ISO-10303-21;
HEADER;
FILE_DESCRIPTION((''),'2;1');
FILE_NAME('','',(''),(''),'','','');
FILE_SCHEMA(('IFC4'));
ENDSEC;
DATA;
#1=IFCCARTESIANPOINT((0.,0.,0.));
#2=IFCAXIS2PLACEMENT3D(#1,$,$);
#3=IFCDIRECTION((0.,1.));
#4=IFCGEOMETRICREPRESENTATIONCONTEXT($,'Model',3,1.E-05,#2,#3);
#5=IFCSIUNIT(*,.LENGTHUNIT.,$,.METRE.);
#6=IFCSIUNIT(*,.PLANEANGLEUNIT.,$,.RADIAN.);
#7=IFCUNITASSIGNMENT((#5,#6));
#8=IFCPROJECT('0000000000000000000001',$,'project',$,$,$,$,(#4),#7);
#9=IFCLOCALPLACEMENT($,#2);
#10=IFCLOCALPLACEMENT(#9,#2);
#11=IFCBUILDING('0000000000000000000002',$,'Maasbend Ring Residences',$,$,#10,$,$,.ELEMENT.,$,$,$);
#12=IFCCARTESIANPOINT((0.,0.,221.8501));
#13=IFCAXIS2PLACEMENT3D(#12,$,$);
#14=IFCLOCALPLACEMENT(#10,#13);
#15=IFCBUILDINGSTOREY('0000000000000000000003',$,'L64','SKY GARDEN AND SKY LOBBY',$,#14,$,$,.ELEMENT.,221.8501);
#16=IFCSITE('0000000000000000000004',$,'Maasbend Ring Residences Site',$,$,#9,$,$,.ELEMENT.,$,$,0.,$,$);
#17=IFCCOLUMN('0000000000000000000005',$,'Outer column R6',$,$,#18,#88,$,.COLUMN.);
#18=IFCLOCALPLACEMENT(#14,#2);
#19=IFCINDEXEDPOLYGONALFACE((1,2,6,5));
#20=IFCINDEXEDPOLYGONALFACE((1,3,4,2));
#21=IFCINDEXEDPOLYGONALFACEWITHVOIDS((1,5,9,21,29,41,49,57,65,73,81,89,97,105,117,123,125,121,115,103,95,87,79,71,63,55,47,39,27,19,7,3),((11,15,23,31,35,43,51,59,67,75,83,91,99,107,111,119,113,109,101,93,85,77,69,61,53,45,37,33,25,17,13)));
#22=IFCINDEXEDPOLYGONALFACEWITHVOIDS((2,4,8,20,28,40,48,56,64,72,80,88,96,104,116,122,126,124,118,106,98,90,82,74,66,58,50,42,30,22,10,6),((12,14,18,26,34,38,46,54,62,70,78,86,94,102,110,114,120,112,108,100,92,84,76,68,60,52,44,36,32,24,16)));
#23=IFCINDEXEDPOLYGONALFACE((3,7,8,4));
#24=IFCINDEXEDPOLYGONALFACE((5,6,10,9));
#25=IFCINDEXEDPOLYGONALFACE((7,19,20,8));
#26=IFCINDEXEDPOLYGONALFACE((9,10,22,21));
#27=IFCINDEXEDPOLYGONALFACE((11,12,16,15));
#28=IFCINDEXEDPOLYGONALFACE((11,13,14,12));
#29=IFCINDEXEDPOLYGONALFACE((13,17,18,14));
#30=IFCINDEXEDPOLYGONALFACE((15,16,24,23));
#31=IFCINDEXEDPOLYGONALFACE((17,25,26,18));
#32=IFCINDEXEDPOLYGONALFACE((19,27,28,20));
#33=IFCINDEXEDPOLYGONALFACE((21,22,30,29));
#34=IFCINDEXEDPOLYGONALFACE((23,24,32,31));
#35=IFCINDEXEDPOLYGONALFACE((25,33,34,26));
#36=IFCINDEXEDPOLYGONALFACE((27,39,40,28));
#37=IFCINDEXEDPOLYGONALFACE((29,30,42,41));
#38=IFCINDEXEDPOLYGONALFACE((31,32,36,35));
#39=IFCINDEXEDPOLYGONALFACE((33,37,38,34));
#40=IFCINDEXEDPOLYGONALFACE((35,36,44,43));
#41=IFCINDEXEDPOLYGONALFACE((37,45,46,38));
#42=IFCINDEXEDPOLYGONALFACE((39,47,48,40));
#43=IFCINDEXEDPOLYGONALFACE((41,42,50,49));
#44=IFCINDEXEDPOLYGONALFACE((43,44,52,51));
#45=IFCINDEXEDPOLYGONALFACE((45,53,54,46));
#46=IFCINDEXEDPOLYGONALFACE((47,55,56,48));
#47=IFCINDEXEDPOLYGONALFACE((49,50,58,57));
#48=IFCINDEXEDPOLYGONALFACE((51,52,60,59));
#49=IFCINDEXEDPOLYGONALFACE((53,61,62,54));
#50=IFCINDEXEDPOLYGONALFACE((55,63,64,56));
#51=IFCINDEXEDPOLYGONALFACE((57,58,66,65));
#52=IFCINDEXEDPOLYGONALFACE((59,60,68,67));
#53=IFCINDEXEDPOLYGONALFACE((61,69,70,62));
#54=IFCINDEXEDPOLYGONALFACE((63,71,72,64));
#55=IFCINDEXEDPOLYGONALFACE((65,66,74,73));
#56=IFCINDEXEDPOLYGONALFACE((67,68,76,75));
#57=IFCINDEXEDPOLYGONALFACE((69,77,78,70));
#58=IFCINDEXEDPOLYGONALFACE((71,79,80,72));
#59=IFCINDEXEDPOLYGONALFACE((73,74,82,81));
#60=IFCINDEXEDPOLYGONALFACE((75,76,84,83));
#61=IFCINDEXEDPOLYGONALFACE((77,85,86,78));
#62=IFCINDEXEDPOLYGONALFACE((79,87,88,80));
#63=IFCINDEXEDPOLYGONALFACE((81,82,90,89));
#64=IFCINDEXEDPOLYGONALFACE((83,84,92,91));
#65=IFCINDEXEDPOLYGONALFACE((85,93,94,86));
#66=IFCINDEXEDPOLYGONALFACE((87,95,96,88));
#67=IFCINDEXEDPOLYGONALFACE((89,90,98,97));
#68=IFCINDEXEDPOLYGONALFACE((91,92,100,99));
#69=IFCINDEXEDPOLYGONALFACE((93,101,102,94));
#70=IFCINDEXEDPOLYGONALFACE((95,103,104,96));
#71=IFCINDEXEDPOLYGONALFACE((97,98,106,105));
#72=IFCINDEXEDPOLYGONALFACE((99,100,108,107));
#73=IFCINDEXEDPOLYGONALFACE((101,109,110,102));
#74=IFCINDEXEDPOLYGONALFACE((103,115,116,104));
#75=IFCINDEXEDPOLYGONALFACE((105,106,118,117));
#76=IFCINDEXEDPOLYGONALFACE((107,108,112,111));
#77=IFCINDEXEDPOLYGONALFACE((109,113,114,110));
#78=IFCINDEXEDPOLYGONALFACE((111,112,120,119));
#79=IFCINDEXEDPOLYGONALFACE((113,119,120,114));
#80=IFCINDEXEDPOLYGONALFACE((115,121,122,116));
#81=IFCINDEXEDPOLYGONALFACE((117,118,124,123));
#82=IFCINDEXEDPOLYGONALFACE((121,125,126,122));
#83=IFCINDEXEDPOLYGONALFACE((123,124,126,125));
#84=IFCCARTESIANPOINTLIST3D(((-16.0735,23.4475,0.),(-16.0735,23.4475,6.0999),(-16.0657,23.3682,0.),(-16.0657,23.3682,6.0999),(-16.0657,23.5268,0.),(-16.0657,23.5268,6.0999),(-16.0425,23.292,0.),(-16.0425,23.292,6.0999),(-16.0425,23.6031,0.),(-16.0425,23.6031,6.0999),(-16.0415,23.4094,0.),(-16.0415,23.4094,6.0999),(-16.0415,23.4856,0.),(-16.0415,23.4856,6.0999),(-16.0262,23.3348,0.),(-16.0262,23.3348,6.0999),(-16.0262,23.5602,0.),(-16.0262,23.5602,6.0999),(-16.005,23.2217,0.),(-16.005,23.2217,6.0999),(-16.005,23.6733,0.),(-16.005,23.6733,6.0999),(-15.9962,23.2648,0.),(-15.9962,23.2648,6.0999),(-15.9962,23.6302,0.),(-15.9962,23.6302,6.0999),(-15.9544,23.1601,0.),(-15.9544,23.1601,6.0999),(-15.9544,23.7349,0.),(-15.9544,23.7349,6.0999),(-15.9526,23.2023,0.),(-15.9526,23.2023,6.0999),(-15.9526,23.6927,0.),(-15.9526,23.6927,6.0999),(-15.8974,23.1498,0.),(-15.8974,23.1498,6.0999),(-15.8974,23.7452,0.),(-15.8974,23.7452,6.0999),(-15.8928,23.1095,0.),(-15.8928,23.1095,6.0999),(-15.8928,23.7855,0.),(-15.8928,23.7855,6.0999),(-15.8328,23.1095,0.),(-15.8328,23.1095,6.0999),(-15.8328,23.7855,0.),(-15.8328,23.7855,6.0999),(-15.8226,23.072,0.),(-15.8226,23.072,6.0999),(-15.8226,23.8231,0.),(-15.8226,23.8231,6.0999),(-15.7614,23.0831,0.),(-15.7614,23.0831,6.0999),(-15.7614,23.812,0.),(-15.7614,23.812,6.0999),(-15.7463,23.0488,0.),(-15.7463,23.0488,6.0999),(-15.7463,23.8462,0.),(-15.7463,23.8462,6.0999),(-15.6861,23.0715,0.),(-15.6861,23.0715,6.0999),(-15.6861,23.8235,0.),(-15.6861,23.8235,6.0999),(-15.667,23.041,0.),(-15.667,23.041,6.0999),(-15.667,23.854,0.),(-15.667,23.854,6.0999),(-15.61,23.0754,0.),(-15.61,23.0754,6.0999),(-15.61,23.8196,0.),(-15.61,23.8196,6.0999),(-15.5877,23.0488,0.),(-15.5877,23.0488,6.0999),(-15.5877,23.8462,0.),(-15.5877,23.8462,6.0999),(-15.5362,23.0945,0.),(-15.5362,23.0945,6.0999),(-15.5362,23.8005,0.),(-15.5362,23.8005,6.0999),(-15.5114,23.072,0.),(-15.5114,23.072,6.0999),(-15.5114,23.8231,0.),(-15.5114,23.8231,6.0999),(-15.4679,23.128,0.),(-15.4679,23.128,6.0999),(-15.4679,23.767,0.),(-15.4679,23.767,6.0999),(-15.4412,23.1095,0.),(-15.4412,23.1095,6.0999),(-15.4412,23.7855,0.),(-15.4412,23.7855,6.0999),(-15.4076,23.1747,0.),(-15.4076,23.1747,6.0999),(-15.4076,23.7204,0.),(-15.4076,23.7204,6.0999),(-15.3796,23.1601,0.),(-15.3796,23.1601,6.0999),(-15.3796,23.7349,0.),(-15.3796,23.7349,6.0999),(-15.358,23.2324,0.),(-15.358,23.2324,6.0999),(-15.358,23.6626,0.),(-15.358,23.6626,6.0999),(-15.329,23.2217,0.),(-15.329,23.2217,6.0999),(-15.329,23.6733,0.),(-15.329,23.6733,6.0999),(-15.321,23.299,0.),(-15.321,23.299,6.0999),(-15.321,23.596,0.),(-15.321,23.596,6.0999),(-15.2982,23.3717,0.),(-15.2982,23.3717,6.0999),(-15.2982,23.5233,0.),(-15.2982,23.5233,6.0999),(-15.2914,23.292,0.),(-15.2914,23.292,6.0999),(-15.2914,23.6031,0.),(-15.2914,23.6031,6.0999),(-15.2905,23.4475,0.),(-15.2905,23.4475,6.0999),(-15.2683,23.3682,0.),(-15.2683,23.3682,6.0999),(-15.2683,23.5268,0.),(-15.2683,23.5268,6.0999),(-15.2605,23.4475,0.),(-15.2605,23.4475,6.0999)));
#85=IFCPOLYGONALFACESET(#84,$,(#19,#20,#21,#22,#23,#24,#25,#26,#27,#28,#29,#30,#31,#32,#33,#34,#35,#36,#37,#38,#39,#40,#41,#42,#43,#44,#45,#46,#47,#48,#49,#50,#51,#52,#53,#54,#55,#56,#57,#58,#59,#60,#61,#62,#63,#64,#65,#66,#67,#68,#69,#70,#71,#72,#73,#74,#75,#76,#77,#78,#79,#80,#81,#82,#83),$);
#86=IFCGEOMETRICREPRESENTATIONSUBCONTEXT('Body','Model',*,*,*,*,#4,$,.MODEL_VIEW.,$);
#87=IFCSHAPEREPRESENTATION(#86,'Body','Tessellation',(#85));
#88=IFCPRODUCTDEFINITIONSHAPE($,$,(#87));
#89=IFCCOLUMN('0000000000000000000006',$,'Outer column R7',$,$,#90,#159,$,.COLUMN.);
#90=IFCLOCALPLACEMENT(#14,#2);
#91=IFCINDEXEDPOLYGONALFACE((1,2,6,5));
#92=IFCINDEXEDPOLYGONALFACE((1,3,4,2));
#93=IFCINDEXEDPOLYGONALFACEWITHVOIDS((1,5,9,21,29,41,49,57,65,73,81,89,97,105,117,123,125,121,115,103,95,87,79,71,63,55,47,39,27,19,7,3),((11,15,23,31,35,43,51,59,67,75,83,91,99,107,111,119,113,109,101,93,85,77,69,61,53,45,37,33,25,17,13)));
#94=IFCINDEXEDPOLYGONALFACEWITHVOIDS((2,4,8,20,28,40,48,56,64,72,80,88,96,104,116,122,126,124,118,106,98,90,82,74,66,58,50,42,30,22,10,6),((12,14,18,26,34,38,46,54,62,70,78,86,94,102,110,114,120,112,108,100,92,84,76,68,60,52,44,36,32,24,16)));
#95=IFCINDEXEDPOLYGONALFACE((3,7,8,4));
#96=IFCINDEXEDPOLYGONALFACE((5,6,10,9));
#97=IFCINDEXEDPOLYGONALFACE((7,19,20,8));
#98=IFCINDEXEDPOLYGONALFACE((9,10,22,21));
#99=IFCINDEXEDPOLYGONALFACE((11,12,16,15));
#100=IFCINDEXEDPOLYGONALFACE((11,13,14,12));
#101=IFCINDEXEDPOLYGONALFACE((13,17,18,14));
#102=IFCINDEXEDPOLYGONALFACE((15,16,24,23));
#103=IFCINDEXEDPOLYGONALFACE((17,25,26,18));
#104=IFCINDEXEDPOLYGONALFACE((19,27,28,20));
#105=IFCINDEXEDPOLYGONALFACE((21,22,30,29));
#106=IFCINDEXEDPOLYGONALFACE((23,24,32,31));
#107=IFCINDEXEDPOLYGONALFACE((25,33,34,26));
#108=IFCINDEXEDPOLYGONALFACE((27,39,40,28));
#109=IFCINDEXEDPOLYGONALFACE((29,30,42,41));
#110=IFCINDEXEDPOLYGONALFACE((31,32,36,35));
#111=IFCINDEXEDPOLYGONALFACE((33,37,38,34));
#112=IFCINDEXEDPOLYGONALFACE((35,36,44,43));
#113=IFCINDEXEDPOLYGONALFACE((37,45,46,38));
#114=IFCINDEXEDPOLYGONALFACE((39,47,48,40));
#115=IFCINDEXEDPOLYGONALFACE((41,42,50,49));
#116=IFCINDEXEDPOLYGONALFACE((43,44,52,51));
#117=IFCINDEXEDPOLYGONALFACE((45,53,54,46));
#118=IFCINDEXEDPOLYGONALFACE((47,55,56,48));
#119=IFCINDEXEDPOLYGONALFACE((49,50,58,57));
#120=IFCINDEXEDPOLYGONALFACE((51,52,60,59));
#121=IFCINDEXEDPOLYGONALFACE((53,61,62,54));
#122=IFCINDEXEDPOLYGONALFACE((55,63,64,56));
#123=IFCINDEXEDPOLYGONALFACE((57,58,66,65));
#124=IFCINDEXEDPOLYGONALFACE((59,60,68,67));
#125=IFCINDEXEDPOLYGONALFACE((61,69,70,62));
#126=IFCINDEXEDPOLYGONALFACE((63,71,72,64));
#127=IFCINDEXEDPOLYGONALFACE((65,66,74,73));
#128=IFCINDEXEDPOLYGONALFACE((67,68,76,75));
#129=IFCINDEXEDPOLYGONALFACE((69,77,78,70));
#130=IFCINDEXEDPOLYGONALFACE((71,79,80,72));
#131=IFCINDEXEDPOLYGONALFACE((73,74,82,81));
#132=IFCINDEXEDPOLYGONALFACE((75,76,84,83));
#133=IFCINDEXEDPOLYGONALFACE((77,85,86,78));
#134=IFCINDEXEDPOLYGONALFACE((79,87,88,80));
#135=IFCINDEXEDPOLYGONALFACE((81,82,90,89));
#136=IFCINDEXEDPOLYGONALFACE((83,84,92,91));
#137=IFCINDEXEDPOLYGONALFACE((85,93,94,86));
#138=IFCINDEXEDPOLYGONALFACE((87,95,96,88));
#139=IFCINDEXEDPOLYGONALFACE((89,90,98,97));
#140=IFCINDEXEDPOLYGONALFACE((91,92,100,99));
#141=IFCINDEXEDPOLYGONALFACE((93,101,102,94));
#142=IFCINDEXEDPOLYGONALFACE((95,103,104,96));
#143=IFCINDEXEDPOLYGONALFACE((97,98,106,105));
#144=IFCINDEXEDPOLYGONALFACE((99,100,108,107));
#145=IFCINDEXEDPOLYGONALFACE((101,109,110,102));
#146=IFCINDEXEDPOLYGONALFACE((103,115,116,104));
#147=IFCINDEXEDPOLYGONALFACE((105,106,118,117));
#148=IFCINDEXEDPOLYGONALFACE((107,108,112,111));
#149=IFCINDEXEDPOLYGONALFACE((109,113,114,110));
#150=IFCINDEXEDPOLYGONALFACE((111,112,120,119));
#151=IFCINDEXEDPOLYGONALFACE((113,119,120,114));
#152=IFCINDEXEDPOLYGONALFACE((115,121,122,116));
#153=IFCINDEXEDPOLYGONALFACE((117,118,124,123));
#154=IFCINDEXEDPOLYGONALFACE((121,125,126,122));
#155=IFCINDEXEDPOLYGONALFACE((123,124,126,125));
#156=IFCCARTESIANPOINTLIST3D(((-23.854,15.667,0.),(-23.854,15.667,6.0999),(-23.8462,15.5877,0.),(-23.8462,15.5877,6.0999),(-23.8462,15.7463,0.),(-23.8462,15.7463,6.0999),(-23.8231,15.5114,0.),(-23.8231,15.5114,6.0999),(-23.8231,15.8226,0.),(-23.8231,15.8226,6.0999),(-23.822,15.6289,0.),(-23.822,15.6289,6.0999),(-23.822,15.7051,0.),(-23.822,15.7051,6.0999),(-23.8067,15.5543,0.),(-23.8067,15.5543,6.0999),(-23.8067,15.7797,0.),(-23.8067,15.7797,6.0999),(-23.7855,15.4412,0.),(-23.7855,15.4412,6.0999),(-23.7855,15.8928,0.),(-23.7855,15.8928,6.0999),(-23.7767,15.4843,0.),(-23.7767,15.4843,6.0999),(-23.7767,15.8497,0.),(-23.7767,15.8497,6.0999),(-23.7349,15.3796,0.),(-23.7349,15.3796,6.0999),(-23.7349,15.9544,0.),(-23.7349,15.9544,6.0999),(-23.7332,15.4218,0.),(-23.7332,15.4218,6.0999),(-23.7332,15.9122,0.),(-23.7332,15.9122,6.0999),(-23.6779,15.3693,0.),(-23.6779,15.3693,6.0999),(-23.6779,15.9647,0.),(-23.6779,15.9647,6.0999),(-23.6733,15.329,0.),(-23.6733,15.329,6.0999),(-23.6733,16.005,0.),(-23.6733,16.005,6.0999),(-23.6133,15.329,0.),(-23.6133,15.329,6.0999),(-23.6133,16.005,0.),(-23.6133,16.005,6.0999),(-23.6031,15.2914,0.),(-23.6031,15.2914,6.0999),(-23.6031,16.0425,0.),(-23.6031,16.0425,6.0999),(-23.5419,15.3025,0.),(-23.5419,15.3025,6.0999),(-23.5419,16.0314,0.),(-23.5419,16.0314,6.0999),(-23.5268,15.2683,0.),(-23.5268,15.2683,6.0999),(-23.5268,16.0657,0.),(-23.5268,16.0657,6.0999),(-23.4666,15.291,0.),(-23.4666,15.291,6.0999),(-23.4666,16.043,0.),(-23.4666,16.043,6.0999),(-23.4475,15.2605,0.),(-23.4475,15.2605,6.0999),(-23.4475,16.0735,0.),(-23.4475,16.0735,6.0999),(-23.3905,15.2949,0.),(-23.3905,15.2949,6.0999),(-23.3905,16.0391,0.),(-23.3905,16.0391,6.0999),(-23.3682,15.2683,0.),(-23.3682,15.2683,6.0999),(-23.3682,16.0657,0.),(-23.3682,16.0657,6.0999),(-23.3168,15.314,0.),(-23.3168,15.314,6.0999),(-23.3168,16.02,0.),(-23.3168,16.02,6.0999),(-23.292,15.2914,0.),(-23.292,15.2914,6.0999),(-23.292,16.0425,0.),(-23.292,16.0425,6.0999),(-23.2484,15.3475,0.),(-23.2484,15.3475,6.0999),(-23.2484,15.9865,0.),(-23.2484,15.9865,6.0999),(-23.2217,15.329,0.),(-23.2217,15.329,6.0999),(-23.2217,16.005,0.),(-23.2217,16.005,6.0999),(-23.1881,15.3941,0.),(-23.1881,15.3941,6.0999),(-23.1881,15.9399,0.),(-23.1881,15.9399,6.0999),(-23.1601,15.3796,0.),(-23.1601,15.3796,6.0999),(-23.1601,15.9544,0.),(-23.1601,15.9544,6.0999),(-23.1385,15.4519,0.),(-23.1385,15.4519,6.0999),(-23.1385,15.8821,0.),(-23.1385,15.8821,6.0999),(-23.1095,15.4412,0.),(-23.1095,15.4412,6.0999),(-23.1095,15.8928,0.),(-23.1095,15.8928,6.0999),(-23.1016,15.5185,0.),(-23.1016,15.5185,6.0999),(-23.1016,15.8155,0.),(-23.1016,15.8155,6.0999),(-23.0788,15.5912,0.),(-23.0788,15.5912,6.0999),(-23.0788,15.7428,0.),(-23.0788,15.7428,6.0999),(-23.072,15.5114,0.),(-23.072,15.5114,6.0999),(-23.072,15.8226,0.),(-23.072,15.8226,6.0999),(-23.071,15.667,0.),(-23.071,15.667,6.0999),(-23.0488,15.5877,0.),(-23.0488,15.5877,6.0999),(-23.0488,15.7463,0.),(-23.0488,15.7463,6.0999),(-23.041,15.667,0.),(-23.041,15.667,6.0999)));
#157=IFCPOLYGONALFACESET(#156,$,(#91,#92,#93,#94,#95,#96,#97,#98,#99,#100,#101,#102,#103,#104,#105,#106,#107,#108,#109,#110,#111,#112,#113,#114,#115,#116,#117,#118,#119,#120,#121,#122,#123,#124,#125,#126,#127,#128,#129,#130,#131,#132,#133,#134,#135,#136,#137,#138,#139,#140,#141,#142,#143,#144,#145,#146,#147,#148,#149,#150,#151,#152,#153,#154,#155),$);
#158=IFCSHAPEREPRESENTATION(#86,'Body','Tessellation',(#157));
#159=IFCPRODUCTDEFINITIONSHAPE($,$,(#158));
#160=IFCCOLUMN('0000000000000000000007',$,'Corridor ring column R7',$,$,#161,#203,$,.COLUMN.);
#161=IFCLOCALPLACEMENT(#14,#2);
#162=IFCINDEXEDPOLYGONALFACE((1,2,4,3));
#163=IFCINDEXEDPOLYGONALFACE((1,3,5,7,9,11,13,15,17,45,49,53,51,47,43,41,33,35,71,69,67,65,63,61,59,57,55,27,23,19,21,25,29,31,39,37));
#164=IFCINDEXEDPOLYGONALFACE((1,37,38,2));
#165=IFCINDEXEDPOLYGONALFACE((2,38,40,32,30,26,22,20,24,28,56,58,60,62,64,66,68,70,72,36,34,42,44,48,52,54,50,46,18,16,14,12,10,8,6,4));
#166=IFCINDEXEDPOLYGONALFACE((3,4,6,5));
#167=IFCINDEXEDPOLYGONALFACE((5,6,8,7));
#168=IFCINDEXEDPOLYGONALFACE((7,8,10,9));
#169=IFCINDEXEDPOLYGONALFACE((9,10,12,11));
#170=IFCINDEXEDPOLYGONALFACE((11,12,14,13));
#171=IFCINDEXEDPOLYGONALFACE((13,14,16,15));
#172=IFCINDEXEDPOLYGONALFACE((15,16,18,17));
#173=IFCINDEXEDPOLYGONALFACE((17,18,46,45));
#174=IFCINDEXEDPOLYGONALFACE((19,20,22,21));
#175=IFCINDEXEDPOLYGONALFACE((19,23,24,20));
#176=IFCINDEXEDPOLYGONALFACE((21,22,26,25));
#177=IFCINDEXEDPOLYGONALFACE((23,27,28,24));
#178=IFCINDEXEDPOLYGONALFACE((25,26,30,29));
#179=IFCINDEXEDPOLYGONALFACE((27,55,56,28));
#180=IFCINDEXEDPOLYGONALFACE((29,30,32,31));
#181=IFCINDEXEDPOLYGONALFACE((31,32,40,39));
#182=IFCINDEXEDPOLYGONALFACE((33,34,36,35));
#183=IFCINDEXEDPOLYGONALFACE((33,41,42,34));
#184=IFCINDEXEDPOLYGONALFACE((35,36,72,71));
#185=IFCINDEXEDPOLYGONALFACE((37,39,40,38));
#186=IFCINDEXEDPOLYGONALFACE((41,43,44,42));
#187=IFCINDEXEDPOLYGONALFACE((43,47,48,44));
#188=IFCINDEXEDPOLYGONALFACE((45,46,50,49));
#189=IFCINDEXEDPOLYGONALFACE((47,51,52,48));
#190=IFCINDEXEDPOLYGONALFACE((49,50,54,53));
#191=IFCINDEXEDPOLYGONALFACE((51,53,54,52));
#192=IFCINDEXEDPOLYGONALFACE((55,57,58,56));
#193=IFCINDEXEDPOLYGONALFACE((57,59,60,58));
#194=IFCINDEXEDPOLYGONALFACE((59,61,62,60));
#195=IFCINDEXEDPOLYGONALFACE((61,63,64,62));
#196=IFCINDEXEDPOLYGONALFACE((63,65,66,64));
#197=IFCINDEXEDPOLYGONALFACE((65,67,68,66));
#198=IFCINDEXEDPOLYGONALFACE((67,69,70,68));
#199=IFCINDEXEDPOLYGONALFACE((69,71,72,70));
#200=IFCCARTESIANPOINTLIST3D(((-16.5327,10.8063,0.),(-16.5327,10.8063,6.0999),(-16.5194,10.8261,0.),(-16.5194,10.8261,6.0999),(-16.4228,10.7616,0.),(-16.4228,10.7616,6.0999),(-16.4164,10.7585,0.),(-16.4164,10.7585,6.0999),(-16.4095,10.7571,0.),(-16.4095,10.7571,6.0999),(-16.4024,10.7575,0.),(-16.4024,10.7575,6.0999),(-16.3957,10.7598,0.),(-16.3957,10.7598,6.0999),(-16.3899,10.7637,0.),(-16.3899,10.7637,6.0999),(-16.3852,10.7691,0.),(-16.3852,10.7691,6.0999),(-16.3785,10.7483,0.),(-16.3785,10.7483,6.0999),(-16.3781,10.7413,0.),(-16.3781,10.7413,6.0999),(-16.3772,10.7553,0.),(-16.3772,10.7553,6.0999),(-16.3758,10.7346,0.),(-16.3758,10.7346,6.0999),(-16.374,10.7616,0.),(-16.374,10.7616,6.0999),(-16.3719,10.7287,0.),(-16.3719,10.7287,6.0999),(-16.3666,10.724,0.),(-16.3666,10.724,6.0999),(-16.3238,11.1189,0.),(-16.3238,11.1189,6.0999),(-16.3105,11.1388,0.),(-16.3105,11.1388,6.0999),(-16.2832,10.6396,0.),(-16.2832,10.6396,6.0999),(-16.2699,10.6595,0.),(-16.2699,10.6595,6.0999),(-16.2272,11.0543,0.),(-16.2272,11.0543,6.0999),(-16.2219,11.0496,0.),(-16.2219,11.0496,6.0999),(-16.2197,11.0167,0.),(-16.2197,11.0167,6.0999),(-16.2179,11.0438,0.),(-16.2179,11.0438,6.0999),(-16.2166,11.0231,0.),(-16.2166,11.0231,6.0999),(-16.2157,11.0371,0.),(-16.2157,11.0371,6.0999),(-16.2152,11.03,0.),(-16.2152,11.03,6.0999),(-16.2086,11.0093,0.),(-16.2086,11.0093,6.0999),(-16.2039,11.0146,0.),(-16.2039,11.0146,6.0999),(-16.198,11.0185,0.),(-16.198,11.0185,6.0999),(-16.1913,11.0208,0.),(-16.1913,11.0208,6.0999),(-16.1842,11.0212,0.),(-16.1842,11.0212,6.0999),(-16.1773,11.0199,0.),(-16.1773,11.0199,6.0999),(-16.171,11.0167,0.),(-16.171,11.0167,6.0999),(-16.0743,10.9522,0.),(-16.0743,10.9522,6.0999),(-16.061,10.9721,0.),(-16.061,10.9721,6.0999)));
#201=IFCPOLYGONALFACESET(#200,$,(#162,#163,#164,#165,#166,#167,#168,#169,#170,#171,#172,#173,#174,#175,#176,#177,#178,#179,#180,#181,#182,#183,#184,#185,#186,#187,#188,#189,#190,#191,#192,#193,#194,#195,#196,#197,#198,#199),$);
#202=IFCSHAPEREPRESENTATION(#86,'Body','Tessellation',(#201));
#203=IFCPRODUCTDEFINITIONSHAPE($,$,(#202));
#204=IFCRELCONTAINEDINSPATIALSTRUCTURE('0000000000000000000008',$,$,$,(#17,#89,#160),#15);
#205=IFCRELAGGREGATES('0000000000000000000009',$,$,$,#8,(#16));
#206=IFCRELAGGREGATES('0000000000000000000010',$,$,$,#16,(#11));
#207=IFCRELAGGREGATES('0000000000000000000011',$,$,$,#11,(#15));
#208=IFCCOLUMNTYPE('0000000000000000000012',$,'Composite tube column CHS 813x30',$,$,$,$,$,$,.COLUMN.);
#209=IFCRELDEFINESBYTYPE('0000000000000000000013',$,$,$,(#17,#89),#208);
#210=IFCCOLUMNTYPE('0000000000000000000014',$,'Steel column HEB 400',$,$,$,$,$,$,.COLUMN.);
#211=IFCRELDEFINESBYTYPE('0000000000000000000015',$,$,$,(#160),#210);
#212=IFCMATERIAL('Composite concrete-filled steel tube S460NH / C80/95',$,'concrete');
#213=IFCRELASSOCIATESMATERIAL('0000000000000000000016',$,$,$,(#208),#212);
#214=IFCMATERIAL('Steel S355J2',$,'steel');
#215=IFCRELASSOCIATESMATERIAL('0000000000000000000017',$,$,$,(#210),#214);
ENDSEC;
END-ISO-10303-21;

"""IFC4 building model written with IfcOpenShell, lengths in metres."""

from ifc_helpers import new_model, si_unit, direction, frame, origin, origin_2d, place, context, subcontext, project, spatial, hollow_circle, i_section, extrude, material, material_profile, profile_set, type_object, element, save


model = new_model("IFC4")

# Units and contexts
model_context = context("Model", 3, precision=1e-05, world=origin(), true_north=direction((0.0, 1.0)))
body_context = subcontext(model_context, "Body", "Model", "MODEL_VIEW")
ifc_project = project(units=[si_unit("LENGTHUNIT", "METRE"), si_unit("PLANEANGLEUNIT", "RADIAN")], contexts=[model_context])

# Site, building, storey
site_placement = place(None, origin())
site = spatial("IfcSite", under=ifc_project, at=site_placement, Name="Maasbend Ring Residences Site", CompositionType="ELEMENT", RefElevation=0.0)
building_placement = place(site_placement, origin())
building = spatial("IfcBuilding", under=site, at=building_placement, Name="Maasbend Ring Residences", CompositionType="ELEMENT")
storey_placement = place(building_placement, frame((0.0, 0.0, 221.8501)))
storey = spatial("IfcBuildingStorey", under=building, at=storey_placement, Name="L64", Description="SKY GARDEN AND SKY LOBBY", CompositionType="ELEMENT", Elevation=221.8501)

# Columns
ifc_material_1 = material(Name="Composite concrete-filled steel tube S460NH / C80/95", Category="concrete")
ifc_material_profile_1 = material_profile(ifc_material_1, hollow_circle(Radius=0.4065, WallThickness=0.03, at=origin_2d()), Name="Composite tube column CHS 813x30")
ifc_profile_set_1 = profile_set([ifc_material_profile_1], Name="Composite concrete-filled steel tube S460NH / C80/95")
column_type_1 = type_object("IfcColumnType", Name="Composite tube column CHS 813x30", PredefinedType="COLUMN", material=ifc_profile_set_1)
for number, where, z_axis, x_axis, name in (
    (1, (-15.667, 23.4475, 0.0), (0.0, 0.0, 1.0), (1.0, 0.0, 0.0), "Outer column R6"),
    (2, (-23.4475, 15.667, 0.0), (0.0, 0.0, 1.0), (1.0, 0.0, 0.0), "Outer column R7"),
):
    element("IfcColumn", number, at=place(storey_placement, frame(where, z_axis=z_axis, x_axis=x_axis)), inside=storey, type_object=column_type_1, Name=name, PredefinedType="COLUMN", context=body_context, shape_type="SweptSolid", body=[
        extrude(hollow_circle(Radius=0.4065, WallThickness=0.03, at=origin_2d()), origin(), (0.0, 0.0, 1.0), 6.0999),
    ])
ifc_material_2 = material(Name="Steel S355J2", Category="steel")
ifc_material_profile_2 = material_profile(ifc_material_2, i_section(OverallWidth=0.3, OverallDepth=0.3999, WebThickness=0.0134, FlangeThickness=0.0239, FilletRadius=0.0271, at=origin_2d()), Name="HEB 400")
ifc_profile_set_2 = profile_set([ifc_material_profile_2], Name="Steel S355J2")
column_type_2 = type_object("IfcColumnType", Name="Steel column HEB 400", PredefinedType="COLUMN", material=ifc_profile_set_2)
column_placement = place(storey_placement, frame((-16.2969, 10.8892, 0.0), z_axis=(0.0, 0.0, 1.0), x_axis=(-0.83147, 0.55557, 0.0)))
element("IfcColumn", 3, at=column_placement, inside=storey, type_object=column_type_2, Name="Corridor ring column R7", PredefinedType="COLUMN", context=body_context, shape_type="SweptSolid", body=[
    extrude(i_section(OverallWidth=0.3, OverallDepth=0.3999, WebThickness=0.0134, FlangeThickness=0.0239, FilletRadius=0.0271, at=origin_2d()), origin(), (0.0, 0.0, 1.0), 6.0999),
])

save(model, "model.ifc")
